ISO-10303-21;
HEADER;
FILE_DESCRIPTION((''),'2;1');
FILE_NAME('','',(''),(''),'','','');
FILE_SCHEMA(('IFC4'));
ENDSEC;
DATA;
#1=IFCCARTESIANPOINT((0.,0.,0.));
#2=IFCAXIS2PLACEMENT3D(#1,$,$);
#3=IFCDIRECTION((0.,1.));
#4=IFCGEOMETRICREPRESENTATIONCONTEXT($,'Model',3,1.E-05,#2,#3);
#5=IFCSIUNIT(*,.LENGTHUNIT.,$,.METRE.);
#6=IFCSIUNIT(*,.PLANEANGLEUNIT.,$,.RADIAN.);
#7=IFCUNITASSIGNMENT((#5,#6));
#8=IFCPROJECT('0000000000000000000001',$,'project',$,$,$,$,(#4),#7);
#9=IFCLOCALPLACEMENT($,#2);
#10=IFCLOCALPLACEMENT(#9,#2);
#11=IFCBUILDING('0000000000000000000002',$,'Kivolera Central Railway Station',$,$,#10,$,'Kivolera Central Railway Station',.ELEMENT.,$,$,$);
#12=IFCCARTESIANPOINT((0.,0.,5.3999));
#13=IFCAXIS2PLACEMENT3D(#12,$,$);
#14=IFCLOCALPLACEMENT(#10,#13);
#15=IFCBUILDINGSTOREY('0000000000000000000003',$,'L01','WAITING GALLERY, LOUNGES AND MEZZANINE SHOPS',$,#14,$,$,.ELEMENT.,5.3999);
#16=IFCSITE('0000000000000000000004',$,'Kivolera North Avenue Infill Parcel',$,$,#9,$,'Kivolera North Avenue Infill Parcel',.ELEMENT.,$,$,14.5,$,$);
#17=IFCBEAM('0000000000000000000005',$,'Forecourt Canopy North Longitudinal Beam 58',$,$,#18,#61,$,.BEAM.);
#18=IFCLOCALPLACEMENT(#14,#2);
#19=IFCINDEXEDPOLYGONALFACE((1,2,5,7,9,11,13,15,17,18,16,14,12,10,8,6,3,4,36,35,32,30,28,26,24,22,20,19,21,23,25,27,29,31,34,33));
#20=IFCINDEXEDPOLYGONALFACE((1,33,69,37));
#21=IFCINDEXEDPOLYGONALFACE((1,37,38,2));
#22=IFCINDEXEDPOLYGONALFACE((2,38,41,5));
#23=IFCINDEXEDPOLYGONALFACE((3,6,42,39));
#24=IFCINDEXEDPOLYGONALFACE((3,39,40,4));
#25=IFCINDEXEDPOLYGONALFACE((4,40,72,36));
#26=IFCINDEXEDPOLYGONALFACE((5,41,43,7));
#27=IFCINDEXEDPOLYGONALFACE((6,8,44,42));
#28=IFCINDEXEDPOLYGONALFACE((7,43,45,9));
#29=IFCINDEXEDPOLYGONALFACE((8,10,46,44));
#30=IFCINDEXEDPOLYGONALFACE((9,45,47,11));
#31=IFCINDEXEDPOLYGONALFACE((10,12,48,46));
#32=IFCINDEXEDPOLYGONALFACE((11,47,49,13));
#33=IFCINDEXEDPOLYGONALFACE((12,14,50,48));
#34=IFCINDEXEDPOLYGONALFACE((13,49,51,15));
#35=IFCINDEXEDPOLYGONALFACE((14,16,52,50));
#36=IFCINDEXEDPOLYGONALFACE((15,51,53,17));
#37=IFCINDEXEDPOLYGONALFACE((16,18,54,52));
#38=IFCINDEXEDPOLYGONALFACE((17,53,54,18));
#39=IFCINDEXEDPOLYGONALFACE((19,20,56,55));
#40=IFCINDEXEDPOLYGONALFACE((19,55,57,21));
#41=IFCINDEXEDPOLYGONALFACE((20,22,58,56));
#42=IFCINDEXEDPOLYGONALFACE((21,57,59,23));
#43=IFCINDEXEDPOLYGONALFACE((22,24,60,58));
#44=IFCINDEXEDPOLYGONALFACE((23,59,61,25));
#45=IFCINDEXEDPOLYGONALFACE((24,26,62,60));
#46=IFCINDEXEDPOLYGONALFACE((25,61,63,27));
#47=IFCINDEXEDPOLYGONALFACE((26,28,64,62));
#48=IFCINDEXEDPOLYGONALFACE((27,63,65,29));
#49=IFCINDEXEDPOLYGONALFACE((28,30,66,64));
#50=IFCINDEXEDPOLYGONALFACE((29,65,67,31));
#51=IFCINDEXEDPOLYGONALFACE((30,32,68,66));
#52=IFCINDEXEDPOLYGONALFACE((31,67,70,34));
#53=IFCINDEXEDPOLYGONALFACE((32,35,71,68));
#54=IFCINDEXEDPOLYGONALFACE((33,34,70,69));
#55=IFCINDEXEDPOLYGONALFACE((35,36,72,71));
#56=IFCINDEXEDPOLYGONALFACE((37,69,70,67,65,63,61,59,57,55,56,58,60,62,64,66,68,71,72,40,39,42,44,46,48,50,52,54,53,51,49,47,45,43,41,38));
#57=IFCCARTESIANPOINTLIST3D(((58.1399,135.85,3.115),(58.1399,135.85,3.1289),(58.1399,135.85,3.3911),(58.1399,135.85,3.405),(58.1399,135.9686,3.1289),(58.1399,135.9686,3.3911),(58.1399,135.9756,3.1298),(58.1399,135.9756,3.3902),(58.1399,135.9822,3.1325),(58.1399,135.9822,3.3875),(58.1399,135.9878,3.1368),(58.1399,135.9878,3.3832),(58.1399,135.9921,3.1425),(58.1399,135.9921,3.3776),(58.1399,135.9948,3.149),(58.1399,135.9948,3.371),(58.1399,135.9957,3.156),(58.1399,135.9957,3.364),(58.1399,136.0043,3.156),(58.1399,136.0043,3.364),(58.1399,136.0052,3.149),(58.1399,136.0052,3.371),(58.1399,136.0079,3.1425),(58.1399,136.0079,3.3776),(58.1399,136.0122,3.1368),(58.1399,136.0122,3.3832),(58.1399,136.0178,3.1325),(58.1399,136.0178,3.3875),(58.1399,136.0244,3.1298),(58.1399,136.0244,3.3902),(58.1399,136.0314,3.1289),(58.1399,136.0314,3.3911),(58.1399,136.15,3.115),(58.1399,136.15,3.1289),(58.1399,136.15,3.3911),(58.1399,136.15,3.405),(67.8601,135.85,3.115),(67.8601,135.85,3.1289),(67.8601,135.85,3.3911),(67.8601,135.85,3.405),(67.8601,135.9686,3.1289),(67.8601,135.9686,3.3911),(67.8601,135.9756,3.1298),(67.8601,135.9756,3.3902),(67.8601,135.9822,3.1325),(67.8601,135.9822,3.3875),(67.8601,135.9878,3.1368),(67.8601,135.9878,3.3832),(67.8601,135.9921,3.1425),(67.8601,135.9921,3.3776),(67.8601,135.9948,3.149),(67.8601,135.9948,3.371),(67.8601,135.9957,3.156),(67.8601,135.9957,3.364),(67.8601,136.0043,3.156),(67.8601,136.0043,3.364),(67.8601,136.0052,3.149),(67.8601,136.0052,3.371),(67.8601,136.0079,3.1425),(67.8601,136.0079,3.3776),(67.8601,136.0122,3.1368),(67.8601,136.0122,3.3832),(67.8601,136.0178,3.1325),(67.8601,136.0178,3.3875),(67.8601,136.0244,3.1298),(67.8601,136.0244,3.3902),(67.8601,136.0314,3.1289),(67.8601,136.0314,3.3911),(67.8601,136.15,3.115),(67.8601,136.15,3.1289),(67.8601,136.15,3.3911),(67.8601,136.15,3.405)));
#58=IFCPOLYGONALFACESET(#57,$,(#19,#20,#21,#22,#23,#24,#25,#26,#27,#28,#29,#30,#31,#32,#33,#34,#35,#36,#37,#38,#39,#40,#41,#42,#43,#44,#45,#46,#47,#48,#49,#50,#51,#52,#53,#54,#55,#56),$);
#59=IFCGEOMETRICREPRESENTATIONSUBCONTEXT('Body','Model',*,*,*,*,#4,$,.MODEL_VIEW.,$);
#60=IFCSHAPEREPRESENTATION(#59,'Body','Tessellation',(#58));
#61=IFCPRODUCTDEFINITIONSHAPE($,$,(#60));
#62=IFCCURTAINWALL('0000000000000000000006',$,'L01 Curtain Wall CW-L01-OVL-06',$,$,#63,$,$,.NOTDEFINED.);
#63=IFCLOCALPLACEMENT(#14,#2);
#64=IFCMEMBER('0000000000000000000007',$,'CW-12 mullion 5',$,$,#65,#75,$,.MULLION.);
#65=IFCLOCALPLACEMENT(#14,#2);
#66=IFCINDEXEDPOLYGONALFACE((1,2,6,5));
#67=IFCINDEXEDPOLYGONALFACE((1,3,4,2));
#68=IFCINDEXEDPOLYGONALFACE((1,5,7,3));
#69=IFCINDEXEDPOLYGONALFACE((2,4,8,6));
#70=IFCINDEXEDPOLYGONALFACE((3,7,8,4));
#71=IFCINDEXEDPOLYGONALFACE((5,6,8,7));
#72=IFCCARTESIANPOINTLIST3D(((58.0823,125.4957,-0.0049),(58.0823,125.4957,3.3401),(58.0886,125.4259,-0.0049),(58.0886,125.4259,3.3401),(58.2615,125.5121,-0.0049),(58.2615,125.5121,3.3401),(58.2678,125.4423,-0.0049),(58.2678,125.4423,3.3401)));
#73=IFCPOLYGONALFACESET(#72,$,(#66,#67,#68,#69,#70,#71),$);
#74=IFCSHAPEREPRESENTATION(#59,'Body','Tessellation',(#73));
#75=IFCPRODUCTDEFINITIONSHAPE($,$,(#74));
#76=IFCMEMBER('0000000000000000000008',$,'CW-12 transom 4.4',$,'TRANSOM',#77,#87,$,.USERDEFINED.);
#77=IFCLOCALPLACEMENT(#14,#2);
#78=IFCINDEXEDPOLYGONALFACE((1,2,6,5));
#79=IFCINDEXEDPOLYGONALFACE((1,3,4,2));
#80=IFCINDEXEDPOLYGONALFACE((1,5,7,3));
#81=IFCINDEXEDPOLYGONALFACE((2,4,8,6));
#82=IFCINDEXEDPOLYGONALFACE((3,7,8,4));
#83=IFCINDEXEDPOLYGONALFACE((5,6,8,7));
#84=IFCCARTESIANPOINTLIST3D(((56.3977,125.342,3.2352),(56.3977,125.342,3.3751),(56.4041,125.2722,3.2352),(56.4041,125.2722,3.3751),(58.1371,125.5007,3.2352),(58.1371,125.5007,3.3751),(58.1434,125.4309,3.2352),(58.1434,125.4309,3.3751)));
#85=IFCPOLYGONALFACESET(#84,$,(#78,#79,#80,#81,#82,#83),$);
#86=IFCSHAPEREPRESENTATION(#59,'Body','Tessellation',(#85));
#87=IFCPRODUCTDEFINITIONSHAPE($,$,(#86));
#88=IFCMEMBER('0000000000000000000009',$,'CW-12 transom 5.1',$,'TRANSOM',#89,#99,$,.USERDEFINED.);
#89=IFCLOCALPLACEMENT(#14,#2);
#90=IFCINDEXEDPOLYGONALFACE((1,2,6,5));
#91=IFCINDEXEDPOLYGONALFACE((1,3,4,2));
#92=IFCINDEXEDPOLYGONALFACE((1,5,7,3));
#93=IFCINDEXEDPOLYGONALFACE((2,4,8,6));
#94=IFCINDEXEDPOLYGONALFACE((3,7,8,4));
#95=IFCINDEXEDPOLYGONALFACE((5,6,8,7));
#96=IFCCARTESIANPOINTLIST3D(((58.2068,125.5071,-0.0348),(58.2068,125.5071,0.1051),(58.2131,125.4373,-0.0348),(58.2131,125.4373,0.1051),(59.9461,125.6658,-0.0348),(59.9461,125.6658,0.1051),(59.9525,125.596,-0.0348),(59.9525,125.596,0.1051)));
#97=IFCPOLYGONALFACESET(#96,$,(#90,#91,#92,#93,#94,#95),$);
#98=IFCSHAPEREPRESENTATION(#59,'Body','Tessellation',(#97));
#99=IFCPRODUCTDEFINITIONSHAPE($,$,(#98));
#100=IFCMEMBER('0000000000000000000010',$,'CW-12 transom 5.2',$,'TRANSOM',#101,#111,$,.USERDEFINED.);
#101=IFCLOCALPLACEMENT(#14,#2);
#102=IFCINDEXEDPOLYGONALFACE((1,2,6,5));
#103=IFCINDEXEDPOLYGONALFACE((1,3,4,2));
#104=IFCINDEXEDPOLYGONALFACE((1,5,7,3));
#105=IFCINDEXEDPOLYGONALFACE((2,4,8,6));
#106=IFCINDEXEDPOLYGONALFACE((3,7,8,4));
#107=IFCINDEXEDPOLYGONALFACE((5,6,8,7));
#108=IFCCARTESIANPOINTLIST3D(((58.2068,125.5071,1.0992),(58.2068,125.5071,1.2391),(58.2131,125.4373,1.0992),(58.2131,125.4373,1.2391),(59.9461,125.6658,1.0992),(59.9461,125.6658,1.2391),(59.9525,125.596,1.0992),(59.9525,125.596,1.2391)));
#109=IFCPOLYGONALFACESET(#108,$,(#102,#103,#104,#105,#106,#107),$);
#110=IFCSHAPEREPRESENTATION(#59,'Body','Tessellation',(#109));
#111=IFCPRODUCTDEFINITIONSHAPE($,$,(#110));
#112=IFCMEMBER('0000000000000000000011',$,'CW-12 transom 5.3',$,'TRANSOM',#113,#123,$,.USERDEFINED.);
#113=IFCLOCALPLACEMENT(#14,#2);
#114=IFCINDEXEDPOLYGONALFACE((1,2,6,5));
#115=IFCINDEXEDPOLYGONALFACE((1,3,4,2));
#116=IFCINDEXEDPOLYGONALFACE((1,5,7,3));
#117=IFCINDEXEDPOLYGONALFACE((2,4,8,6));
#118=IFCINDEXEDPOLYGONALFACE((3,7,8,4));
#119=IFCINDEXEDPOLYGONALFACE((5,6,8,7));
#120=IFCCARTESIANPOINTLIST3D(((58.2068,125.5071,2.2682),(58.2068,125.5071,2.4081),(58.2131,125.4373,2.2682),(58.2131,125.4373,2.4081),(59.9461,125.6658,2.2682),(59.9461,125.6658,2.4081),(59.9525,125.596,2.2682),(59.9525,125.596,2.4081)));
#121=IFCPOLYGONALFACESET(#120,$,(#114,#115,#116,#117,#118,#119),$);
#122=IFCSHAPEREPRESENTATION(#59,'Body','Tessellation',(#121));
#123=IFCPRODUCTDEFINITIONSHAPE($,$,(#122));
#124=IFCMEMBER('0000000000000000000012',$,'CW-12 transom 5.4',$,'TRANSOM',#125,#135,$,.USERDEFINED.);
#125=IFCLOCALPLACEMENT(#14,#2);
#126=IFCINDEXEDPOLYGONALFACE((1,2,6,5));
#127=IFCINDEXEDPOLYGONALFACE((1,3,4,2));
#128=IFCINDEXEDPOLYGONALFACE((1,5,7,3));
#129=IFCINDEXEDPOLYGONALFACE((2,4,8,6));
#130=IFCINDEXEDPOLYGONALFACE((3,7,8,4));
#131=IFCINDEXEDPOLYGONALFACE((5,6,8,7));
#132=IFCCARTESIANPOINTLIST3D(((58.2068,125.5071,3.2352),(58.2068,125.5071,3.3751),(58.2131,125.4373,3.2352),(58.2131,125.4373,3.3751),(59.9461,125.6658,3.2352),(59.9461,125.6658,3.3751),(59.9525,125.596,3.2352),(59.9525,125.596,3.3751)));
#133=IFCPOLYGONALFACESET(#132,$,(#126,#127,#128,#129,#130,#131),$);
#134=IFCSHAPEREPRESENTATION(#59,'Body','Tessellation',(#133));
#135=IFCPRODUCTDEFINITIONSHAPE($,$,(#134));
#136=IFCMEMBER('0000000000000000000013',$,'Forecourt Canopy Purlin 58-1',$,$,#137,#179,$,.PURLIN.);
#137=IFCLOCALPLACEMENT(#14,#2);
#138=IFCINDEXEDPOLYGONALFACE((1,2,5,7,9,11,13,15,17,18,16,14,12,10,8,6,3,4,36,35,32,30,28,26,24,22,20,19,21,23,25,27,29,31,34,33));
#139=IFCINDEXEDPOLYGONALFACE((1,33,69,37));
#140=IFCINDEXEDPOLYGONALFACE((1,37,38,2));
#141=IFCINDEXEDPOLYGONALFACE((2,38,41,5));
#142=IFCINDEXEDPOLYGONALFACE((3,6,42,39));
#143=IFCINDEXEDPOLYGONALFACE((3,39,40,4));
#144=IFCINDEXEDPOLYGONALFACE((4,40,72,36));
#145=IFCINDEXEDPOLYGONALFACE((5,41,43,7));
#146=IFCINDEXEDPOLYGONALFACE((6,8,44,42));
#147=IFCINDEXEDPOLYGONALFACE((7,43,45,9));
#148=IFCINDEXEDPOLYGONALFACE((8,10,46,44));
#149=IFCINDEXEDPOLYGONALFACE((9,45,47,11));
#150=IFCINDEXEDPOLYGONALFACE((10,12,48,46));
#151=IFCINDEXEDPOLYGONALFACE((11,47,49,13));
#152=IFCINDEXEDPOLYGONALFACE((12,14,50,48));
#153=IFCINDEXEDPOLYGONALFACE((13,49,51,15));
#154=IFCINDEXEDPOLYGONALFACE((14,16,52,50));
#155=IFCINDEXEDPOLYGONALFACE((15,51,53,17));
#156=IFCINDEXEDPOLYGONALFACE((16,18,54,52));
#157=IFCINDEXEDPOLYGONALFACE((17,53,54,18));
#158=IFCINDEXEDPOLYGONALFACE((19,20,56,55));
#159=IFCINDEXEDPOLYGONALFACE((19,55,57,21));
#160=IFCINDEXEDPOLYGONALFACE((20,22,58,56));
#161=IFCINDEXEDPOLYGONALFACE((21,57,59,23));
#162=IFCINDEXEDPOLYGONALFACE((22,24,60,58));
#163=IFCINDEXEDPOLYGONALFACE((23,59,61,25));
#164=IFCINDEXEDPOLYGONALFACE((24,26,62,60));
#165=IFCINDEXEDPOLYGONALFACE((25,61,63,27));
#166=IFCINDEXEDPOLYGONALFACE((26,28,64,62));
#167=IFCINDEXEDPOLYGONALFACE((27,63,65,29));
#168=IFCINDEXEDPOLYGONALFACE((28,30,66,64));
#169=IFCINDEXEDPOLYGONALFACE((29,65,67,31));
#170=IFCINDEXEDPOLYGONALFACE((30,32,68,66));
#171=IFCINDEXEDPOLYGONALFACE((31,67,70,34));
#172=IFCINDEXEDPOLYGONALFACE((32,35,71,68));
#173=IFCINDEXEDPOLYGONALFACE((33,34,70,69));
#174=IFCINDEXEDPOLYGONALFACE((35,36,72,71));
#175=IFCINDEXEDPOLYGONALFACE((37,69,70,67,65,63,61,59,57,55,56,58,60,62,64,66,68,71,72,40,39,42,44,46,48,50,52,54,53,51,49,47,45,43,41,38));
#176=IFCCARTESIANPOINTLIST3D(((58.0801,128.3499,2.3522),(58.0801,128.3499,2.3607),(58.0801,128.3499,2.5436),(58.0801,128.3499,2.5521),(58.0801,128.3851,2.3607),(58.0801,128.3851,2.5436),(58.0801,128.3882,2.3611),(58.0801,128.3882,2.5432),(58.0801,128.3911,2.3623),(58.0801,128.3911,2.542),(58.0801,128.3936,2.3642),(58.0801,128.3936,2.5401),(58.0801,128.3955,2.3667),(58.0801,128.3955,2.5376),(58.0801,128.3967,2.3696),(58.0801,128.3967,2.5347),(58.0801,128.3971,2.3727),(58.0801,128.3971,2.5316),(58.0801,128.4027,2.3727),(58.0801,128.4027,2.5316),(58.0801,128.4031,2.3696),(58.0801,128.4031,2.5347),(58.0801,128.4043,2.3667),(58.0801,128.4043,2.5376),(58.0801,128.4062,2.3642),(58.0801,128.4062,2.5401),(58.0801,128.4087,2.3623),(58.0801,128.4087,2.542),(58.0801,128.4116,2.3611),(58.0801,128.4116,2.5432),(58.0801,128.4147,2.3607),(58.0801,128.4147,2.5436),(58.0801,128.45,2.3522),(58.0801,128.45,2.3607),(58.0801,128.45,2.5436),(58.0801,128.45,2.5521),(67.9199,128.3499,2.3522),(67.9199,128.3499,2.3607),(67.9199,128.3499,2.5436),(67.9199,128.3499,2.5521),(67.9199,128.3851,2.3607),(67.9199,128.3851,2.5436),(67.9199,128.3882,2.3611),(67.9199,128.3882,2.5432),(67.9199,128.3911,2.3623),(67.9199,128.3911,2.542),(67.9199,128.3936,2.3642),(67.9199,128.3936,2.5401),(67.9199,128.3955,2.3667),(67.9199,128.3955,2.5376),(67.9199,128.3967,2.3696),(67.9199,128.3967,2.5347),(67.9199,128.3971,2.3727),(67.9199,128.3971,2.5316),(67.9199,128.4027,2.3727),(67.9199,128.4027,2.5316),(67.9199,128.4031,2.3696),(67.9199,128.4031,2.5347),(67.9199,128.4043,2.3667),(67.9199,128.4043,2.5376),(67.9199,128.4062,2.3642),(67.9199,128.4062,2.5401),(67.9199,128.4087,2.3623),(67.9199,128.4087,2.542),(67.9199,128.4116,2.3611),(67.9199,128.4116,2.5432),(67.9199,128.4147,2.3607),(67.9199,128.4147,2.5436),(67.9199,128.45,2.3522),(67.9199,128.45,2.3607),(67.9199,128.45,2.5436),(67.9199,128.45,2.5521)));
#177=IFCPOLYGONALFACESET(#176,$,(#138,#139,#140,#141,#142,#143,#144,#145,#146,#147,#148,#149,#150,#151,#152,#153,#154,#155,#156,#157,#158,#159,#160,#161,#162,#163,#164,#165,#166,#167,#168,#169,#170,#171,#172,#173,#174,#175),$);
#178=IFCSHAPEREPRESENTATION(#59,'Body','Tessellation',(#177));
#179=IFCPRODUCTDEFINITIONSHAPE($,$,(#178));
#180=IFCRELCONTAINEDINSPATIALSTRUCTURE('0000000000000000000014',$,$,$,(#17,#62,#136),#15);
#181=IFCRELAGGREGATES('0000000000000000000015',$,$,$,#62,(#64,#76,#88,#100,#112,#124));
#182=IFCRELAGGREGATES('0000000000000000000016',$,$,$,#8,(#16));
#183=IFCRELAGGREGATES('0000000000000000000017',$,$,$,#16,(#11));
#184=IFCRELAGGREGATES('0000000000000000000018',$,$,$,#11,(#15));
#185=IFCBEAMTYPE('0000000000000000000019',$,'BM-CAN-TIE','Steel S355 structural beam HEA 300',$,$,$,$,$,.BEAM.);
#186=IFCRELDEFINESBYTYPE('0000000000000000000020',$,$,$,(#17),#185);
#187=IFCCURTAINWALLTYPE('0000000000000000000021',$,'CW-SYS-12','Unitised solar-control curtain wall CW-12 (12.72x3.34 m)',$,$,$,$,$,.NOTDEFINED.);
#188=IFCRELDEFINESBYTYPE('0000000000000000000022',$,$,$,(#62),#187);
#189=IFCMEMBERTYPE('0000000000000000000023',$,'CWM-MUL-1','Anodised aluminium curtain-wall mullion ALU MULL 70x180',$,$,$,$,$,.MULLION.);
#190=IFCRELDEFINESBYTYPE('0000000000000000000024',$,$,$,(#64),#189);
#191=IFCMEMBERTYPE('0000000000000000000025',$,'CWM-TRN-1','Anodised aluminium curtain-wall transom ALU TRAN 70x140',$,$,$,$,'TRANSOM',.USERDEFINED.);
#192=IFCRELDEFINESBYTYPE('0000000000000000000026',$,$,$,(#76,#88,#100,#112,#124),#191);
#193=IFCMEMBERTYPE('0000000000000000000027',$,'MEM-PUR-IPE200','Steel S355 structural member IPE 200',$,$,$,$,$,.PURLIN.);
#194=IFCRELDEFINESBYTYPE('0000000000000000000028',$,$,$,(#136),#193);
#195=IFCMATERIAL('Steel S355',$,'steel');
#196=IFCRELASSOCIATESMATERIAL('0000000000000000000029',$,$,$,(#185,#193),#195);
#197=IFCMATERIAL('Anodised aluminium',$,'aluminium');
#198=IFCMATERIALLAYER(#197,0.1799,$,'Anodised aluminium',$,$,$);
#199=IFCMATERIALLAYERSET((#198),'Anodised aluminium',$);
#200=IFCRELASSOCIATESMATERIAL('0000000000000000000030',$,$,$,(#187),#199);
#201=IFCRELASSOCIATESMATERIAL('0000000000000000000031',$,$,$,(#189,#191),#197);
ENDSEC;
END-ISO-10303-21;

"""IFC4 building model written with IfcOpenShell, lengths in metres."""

from ifc_helpers import new_model, si_unit, direction, frame, origin, origin_2d, place, context, subcontext, project, spatial, rectangle, i_section, extrude, material, layer, layer_set, material_profile, profile_set, type_object, element, aggregate, save


model = new_model("IFC4")

# Units and contexts
model_context = context("Model", 3, precision=1e-05, world=origin(), true_north=direction((0.0, 1.0)))
body_context = subcontext(model_context, "Body", "Model", "MODEL_VIEW")
ifc_project = project(units=[si_unit("LENGTHUNIT", "METRE"), si_unit("PLANEANGLEUNIT", "RADIAN")], contexts=[model_context])

# Site, building, storey
site_placement = place(None, origin())
site = spatial("IfcSite", under=ifc_project, at=site_placement, Name="Kivolera North Avenue Infill Parcel", LongName="Kivolera North Avenue Infill Parcel", CompositionType="ELEMENT", RefElevation=14.5)
building_placement = place(site_placement, origin())
building = spatial("IfcBuilding", under=site, at=building_placement, Name="Kivolera Central Railway Station", LongName="Kivolera Central Railway Station", CompositionType="ELEMENT")
storey_placement = place(building_placement, frame((0.0, 0.0, 5.3999)))
storey = spatial("IfcBuildingStorey", under=building, at=storey_placement, Name="L01", Description="WAITING GALLERY, LOUNGES AND MEZZANINE SHOPS", CompositionType="ELEMENT", Elevation=5.3999)

# Shared definitions
ifc_material_1 = material(Name="Steel S355", Category="steel")

# Beam
ifc_material_profile_1 = material_profile(ifc_material_1, i_section(OverallWidth=0.3, OverallDepth=0.29, WebThickness=0.0085, FlangeThickness=0.0139, FilletRadius=0.0271, at=origin_2d()), Name="HEA 300")
ifc_profile_set_1 = profile_set([ifc_material_profile_1], Name="Steel S355")
beam_type_1 = type_object("IfcBeamType", Name="BM-CAN-TIE", Description="Steel S355 structural beam HEA 300", PredefinedType="BEAM", material=ifc_profile_set_1)
beam_1_placement = place(storey_placement, frame((58.1399, 136.0, 3.26), z_axis=(1.0, 0.0, 0.0), x_axis=(0.0, 1.0, 0.0)))
element("IfcBeam", 1, at=beam_1_placement, inside=storey, type_object=beam_type_1, Name="Forecourt Canopy North Longitudinal Beam 58", PredefinedType="BEAM", context=body_context, shape_type="SweptSolid", body=[
    extrude(i_section(OverallWidth=0.3, OverallDepth=0.29, WebThickness=0.0085, FlangeThickness=0.0139, FilletRadius=0.0271, at=origin_2d()), origin(), (0.0, 0.0, 1.0), 9.7202),
])

# Curtain wall, members
ifc_material_2 = material(Name="Anodised aluminium", Category="aluminium")
ifc_layer_1 = layer(ifc_material_2, 0.1799, Name="Anodised aluminium")
ifc_layer_set_1 = layer_set([ifc_layer_1], Name="Anodised aluminium")
curtain_wall_type = type_object("IfcCurtainWallType", Name="CW-SYS-12", Description="Unitised solar-control curtain wall CW-12 (12.72x3.34 m)", PredefinedType="NOTDEFINED", material=ifc_layer_set_1)
curtain_wall_placement = place(storey_placement, origin())
curtain_wall = element("IfcCurtainWall", 2, at=curtain_wall_placement, inside=storey, type_object=curtain_wall_type, Name="L01 Curtain Wall CW-L01-OVL-06", PredefinedType="NOTDEFINED")
ifc_material_profile_2 = material_profile(ifc_material_2, rectangle(XDim=0.0701, YDim=0.1799, at=origin_2d()), Name="ALU MULL 70x180")
ifc_profile_set_2 = profile_set([ifc_material_profile_2], Name="Anodised aluminium")
member_type_1 = type_object("IfcMemberType", Name="CWM-MUL-1", Description="Anodised aluminium curtain-wall mullion ALU MULL 70x180", PredefinedType="MULLION", material=ifc_profile_set_2)
member_1_placement = place(storey_placement, frame((58.175, 125.469, -0.0049), z_axis=(0.0, 0.0, 1.0), x_axis=(-0.090834, 0.995866, 0.0)))
member_1 = element("IfcMember", 3, at=member_1_placement, type_object=member_type_1, Name="CW-12 mullion 5", PredefinedType="MULLION", context=body_context, shape_type="SweptSolid", body=[
    extrude(rectangle(XDim=0.0701, YDim=0.1799, at=origin_2d()), origin(), (0.0, 0.0, 1.0), 3.345),
])
ifc_material_profile_3 = material_profile(ifc_material_2, rectangle(XDim=0.0701, YDim=0.1399, at=origin_2d()), Name="ALU TRAN 70x140")
ifc_profile_set_3 = profile_set([ifc_material_profile_3], Name="Anodised aluminium")
member_type_2 = type_object("IfcMemberType", Name="CWM-TRN-1", Description="Anodised aluminium curtain-wall transom ALU TRAN 70x140", ElementType="TRANSOM", PredefinedType="USERDEFINED", material=ifc_profile_set_3)
member_2_placement = place(storey_placement, frame((56.4009, 125.3071, 3.3052), z_axis=(0.995863, 0.090863, 0.0), x_axis=(-0.090863, 0.995863, 0.0)))
member_2 = element("IfcMember", 4, at=member_2_placement, type_object=member_type_2, Name="CW-12 transom 4.4", ObjectType="TRANSOM", PredefinedType="USERDEFINED", context=body_context, shape_type="SweptSolid", body=[
    extrude(rectangle(XDim=0.0701, YDim=0.1399, at=origin_2d()), origin(), (0.0, 0.0, 1.0), 1.7466),
])
member_3_placement = place(storey_placement, frame((58.21, 125.4722, 0.0352), z_axis=(0.995863, 0.090863, 0.0), x_axis=(-0.090863, 0.995863, 0.0)))
member_3 = element("IfcMember", 5, at=member_3_placement, type_object=member_type_2, Name="CW-12 transom 5.1", ObjectType="TRANSOM", PredefinedType="USERDEFINED", context=body_context, shape_type="SweptSolid", body=[
    extrude(rectangle(XDim=0.0701, YDim=0.1399, at=origin_2d()), origin(), (0.0, 0.0, 1.0), 1.7466),
])
member_4_placement = place(storey_placement, frame((58.21, 125.4722, 1.1692), z_axis=(0.995863, 0.090863, 0.0), x_axis=(-0.090863, 0.995863, 0.0)))
member_4 = element("IfcMember", 6, at=member_4_placement, type_object=member_type_2, Name="CW-12 transom 5.2", ObjectType="TRANSOM", PredefinedType="USERDEFINED", context=body_context, shape_type="SweptSolid", body=[
    extrude(rectangle(XDim=0.0701, YDim=0.1399, at=origin_2d()), origin(), (0.0, 0.0, 1.0), 1.7466),
])
member_5_placement = place(storey_placement, frame((58.21, 125.4722, 2.3381), z_axis=(0.995863, 0.090863, 0.0), x_axis=(-0.090863, 0.995863, 0.0)))
member_5 = element("IfcMember", 7, at=member_5_placement, type_object=member_type_2, Name="CW-12 transom 5.3", ObjectType="TRANSOM", PredefinedType="USERDEFINED", context=body_context, shape_type="SweptSolid", body=[
    extrude(rectangle(XDim=0.0701, YDim=0.1399, at=origin_2d()), origin(), (0.0, 0.0, 1.0), 1.7466),
])
member_6_placement = place(storey_placement, frame((58.21, 125.4722, 3.3052), z_axis=(0.995863, 0.090863, 0.0), x_axis=(-0.090863, 0.995863, 0.0)))
member_6 = element("IfcMember", 8, at=member_6_placement, type_object=member_type_2, Name="CW-12 transom 5.4", ObjectType="TRANSOM", PredefinedType="USERDEFINED", context=body_context, shape_type="SweptSolid", body=[
    extrude(rectangle(XDim=0.0701, YDim=0.1399, at=origin_2d()), origin(), (0.0, 0.0, 1.0), 1.7466),
])

# Member
ifc_material_profile_4 = material_profile(ifc_material_1, i_section(OverallWidth=0.1001, OverallDepth=0.2, WebThickness=0.0056, FlangeThickness=0.0085, FilletRadius=0.012, at=origin_2d()), Name="IPE 200")
ifc_profile_set_4 = profile_set([ifc_material_profile_4], Name="Steel S355")
member_type_3 = type_object("IfcMemberType", Name="MEM-PUR-IPE200", Description="Steel S355 structural member IPE 200", PredefinedType="PURLIN", material=ifc_profile_set_4)
for number, where, z_axis, x_axis, name in (
    (9, (58.0801, 128.3999, 2.4521), (1.0, 0.0, 0.0), (0.0, 1.0, 0.0), "Forecourt Canopy Purlin 58-1"),
):
    element("IfcMember", number, at=place(storey_placement, frame(where, z_axis=z_axis, x_axis=x_axis)), inside=storey, type_object=member_type_3, Name=name, PredefinedType="PURLIN", context=body_context, shape_type="SweptSolid", body=[
        extrude(i_section(OverallWidth=0.1001, OverallDepth=0.2, WebThickness=0.0056, FlangeThickness=0.0085, FilletRadius=0.012, at=origin_2d()), origin(), (0.0, 0.0, 1.0), 9.8398),
    ])

aggregate(curtain_wall, [member_1, member_2, member_3, member_4, member_5, member_6])

save(model, "model.ifc")
